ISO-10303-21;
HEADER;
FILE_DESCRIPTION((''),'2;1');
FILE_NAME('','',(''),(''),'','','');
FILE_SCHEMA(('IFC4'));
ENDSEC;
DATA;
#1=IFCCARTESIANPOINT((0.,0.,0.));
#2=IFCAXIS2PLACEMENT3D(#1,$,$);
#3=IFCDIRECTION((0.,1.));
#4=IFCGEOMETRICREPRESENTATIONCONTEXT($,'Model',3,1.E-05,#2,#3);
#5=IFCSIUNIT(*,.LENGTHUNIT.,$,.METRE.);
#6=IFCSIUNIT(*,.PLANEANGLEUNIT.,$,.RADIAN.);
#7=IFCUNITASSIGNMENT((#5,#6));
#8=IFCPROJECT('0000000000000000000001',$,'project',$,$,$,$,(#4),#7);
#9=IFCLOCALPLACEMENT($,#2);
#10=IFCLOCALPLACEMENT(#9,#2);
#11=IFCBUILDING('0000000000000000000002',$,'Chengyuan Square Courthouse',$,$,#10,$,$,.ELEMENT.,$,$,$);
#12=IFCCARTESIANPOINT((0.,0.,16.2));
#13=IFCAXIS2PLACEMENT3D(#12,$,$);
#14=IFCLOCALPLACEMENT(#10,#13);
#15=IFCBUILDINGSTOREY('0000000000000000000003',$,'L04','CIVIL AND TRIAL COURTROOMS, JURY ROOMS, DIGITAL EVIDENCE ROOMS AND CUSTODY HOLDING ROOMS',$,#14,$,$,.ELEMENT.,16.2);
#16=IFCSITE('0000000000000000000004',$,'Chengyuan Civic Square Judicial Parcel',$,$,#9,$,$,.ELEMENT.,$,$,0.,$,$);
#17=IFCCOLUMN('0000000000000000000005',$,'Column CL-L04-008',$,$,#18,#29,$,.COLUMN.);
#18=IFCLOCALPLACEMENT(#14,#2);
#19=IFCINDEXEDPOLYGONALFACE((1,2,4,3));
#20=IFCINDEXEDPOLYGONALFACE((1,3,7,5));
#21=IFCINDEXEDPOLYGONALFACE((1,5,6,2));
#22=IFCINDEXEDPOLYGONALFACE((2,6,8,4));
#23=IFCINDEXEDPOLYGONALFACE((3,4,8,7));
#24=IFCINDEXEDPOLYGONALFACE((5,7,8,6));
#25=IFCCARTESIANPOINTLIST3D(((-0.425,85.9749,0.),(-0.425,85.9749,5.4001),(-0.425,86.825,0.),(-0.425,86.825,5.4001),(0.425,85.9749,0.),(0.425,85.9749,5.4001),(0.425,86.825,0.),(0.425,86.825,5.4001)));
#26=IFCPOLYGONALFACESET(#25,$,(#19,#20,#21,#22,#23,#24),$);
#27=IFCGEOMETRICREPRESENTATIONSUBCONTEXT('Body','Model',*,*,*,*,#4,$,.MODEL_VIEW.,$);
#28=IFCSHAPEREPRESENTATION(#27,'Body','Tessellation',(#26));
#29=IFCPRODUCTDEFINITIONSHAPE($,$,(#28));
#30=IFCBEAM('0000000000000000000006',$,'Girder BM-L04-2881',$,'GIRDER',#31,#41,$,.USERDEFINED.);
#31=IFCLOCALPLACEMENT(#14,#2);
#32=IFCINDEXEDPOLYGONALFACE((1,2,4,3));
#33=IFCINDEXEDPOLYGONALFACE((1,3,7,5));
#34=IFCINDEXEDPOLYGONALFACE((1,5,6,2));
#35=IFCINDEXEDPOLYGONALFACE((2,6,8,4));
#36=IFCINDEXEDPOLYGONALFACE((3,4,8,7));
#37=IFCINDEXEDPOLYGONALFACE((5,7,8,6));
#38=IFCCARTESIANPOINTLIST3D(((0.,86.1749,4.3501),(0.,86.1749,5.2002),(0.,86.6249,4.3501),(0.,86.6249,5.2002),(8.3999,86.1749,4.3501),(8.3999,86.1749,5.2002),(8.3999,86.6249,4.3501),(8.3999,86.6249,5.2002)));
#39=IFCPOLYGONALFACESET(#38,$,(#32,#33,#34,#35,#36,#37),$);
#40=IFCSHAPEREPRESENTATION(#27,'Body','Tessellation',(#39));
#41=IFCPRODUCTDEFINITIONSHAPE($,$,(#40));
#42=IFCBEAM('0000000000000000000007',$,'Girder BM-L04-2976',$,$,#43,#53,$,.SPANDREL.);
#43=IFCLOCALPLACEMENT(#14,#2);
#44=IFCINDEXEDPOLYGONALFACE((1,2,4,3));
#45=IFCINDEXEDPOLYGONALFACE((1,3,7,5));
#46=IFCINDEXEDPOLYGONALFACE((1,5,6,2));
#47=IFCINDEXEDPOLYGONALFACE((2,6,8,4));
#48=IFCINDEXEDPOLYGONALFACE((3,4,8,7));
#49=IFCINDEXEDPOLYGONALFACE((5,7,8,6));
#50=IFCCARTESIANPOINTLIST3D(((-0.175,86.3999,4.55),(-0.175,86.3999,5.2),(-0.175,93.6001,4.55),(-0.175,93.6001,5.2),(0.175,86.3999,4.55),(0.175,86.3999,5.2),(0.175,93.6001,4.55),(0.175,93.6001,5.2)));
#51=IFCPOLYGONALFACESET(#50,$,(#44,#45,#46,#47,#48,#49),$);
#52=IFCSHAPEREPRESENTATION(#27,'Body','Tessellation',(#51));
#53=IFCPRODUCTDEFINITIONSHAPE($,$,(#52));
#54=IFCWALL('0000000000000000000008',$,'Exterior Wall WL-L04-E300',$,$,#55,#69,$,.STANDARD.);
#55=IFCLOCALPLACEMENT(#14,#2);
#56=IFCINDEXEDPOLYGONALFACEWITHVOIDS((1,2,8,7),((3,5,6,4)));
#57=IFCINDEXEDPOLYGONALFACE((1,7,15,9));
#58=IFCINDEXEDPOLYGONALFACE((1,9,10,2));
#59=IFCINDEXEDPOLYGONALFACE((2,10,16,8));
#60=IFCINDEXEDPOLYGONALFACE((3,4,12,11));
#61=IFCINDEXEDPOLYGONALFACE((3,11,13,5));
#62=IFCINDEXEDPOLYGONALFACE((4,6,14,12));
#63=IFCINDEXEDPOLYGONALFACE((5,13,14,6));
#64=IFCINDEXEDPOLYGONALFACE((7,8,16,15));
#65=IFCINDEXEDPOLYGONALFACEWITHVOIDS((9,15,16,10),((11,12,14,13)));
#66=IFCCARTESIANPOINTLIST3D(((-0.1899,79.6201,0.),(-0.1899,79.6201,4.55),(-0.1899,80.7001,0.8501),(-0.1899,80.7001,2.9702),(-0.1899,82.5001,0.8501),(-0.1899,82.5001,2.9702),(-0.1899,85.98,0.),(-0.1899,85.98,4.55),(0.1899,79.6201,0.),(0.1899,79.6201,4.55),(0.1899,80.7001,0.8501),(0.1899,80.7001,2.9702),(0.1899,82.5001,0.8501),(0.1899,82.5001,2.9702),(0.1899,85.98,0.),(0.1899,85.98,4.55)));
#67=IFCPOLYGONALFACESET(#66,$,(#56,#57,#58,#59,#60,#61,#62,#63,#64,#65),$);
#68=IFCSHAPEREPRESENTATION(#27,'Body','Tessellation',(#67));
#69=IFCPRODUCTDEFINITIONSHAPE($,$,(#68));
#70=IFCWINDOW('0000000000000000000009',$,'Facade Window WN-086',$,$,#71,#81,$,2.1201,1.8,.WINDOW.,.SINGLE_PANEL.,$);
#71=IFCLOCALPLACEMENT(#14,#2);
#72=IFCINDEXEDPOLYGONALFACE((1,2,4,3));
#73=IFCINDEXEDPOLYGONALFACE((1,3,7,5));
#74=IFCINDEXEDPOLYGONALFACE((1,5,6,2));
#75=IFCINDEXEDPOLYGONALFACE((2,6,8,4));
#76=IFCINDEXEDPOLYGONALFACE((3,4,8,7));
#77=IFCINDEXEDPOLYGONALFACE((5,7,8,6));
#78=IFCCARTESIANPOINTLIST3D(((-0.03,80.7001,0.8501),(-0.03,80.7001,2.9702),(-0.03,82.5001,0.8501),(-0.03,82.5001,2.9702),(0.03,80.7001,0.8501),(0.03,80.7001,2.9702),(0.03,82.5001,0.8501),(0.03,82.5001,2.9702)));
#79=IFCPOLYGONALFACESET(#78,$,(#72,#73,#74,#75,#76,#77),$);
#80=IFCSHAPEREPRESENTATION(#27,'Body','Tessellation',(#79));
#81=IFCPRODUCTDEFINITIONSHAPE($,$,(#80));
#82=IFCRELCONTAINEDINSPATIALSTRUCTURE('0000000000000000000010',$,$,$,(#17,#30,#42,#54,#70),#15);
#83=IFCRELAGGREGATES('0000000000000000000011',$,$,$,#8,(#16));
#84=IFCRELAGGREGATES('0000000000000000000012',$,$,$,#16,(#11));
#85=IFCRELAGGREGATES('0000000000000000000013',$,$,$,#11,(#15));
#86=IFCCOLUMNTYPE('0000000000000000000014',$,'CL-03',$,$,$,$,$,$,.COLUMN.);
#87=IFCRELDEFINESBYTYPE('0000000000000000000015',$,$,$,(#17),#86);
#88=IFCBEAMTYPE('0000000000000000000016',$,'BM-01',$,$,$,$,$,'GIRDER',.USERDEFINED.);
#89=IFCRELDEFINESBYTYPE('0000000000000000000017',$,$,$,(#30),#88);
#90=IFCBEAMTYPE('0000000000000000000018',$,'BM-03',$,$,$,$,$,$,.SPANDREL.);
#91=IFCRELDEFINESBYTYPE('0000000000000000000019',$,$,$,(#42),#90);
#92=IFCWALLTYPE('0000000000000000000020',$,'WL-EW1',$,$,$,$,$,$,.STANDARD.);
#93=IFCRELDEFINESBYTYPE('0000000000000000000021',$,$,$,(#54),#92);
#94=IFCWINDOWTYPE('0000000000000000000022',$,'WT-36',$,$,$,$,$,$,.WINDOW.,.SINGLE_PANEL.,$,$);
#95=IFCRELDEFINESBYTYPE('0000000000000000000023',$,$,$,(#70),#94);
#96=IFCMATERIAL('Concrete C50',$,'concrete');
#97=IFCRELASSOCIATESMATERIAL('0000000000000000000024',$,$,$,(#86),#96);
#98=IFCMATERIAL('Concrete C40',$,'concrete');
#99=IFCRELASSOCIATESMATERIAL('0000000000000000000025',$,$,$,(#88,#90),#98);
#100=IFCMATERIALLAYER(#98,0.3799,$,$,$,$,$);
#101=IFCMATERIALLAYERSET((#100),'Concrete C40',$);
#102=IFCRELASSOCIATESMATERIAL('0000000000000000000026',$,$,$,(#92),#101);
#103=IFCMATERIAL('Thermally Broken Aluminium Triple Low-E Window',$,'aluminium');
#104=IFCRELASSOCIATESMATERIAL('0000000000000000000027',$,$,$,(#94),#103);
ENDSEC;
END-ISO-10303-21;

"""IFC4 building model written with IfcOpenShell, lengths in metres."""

from ifc_helpers import new_model, si_unit, direction, frame, frame_2d, origin, origin_2d, place, context, subcontext, project, spatial, rectangle, extrude, material, layer, layer_set, material_profile, profile_set, type_object, element, fill, save


model = new_model("IFC4")

# Units and contexts
model_context = context("Model", 3, precision=1e-05, world=origin(), true_north=direction((0.0, 1.0)))
body_context = subcontext(model_context, "Body", "Model", "MODEL_VIEW")
ifc_project = project(units=[si_unit("LENGTHUNIT", "METRE"), si_unit("PLANEANGLEUNIT", "RADIAN")], contexts=[model_context])

# Site, building, storey
site_placement = place(None, origin())
site = spatial("IfcSite", under=ifc_project, at=site_placement, Name="Chengyuan Civic Square Judicial Parcel", CompositionType="ELEMENT", RefElevation=0.0)
building_placement = place(site_placement, origin())
building = spatial("IfcBuilding", under=site, at=building_placement, Name="Chengyuan Square Courthouse", CompositionType="ELEMENT")
storey_placement = place(building_placement, frame((0.0, 0.0, 16.2)))
storey = spatial("IfcBuildingStorey", under=building, at=storey_placement, Name="L04", Description="CIVIL AND TRIAL COURTROOMS, JURY ROOMS, DIGITAL EVIDENCE ROOMS AND CUSTODY HOLDING ROOMS", CompositionType="ELEMENT", Elevation=16.2)

# Column
ifc_material_1 = material(Name="Concrete C50", Category="concrete")
ifc_material_profile_1 = material_profile(ifc_material_1, rectangle(XDim=0.8501, YDim=0.8501, at=origin_2d()), Name="RC-COL-850x850")
ifc_profile_set_1 = profile_set([ifc_material_profile_1], Name="Concrete C50")
column_type = type_object("IfcColumnType", Name="CL-03", PredefinedType="COLUMN", material=ifc_profile_set_1)
column_placement = place(storey_placement, frame((0.0, 86.3999, 0.0), z_axis=(0.0, 0.0, 1.0), x_axis=(1.0, 0.0, 0.0)))
element("IfcColumn", 1, at=column_placement, inside=storey, type_object=column_type, Name="Column CL-L04-008", PredefinedType="COLUMN", context=body_context, shape_type="SweptSolid", body=[
    extrude(rectangle(XDim=0.8501, YDim=0.8501, at=origin_2d()), origin(), (0.0, 0.0, 1.0), 5.4001),
])

# Beams
ifc_material_2 = material(Name="Concrete C40", Category="concrete")
ifc_material_profile_2 = material_profile(ifc_material_2, rectangle(XDim=0.45, YDim=0.8501, at=origin_2d()), Name="RC-BM-450x850")
ifc_profile_set_2 = profile_set([ifc_material_profile_2], Name="Concrete C40")
beam_type_1 = type_object("IfcBeamType", Name="BM-01", ElementType="GIRDER", PredefinedType="USERDEFINED", material=ifc_profile_set_2)
beam_1_placement = place(storey_placement, frame((0.0, 86.3999, 4.7751), z_axis=(1.0, 0.0, 0.0), x_axis=(0.0, 1.0, 0.0)))
element("IfcBeam", 2, at=beam_1_placement, inside=storey, type_object=beam_type_1, Name="Girder BM-L04-2881", ObjectType="GIRDER", PredefinedType="USERDEFINED", context=body_context, shape_type="SweptSolid", body=[
    extrude(rectangle(XDim=0.45, YDim=0.8501, at=origin_2d()), origin(), (0.0, 0.0, 1.0), 8.3999),
])
ifc_material_profile_3 = material_profile(ifc_material_2, rectangle(XDim=0.3501, YDim=0.6499, at=origin_2d()), Name="RC-BM-350x650")
ifc_profile_set_3 = profile_set([ifc_material_profile_3], Name="Concrete C40")
beam_type_2 = type_object("IfcBeamType", Name="BM-03", PredefinedType="SPANDREL", material=ifc_profile_set_3)
beam_2_placement = place(storey_placement, frame((0.0, 86.3999, 4.875), z_axis=(0.0, 1.0, 0.0), x_axis=(-1.0, 0.0, 0.0)))
element("IfcBeam", 3, at=beam_2_placement, inside=storey, type_object=beam_type_2, Name="Girder BM-L04-2976", PredefinedType="SPANDREL", context=body_context, shape_type="SweptSolid", body=[
    extrude(rectangle(XDim=0.3501, YDim=0.6499, at=origin_2d()), origin(), (0.0, 0.0, 1.0), 7.2002),
])

# Wall, opening, window
ifc_layer_1 = layer(ifc_material_2, 0.3799)
ifc_layer_set_1 = layer_set([ifc_layer_1], Name="Concrete C40")
wall_type_1 = type_object("IfcWallType", Name="WL-EW1", PredefinedType="STANDARD", material=ifc_layer_set_1)
wall_1_placement = place(storey_placement, frame((0.0, 79.6201, 0.0), z_axis=(0.0, 0.0, 1.0), x_axis=(0.0, 1.0, 0.0)))
wall_1 = element("IfcWall", 4, at=wall_1_placement, inside=storey, type_object=wall_type_1, Name="Exterior Wall WL-L04-E300", PredefinedType="STANDARD", context=body_context, shape_type="SweptSolid", body=[
    extrude(rectangle(XDim=6.3599, YDim=0.3799, at=frame_2d((3.1799, 0.0))), origin(), (0.0, 0.0, 1.0), 4.55),
])
opening_1_placement = place(wall_1_placement, frame((1.0801, 0.0, 0.8501)))
opening_1 = element("IfcOpeningElement", 5, at=opening_1_placement, cuts=wall_1, PredefinedType="OPENING", context=body_context, shape_type="SweptSolid", body=[
    extrude(rectangle(XDim=1.8, YDim=2.1201, at=frame_2d((0.8999, 1.0601))), frame((0.0, 0.2019, 0.0), z_axis=(0.0, -1.0, 0.0), x_axis=(1.0, 0.0, 0.0)), (0.0, 0.0, 1.0), 0.4038),
])
ifc_material_3 = material(Name="Thermally Broken Aluminium Triple Low-E Window", Category="aluminium")
window_type = type_object("IfcWindowType", Name="WT-36", PartitioningType="SINGLE_PANEL", PredefinedType="WINDOW", material=ifc_material_3)
window_placement = place(opening_1_placement, origin())
window = element("IfcWindow", 6, at=window_placement, inside=storey, type_object=window_type, Name="Facade Window WN-086", OverallHeight=2.1201, OverallWidth=1.8, PartitioningType="SINGLE_PANEL", PredefinedType="WINDOW", context=body_context, shape_type="SweptSolid", body=[
    extrude(rectangle(XDim=1.8, YDim=2.1201, at=frame_2d((0.8999, 1.0601))), frame((0.0, 0.03, 0.0), z_axis=(0.0, -1.0, 0.0), x_axis=(1.0, 0.0, 0.0)), (0.0, 0.0, 1.0), 0.0601),
])
fill(opening_1, window)

save(model, "model.ifc")
